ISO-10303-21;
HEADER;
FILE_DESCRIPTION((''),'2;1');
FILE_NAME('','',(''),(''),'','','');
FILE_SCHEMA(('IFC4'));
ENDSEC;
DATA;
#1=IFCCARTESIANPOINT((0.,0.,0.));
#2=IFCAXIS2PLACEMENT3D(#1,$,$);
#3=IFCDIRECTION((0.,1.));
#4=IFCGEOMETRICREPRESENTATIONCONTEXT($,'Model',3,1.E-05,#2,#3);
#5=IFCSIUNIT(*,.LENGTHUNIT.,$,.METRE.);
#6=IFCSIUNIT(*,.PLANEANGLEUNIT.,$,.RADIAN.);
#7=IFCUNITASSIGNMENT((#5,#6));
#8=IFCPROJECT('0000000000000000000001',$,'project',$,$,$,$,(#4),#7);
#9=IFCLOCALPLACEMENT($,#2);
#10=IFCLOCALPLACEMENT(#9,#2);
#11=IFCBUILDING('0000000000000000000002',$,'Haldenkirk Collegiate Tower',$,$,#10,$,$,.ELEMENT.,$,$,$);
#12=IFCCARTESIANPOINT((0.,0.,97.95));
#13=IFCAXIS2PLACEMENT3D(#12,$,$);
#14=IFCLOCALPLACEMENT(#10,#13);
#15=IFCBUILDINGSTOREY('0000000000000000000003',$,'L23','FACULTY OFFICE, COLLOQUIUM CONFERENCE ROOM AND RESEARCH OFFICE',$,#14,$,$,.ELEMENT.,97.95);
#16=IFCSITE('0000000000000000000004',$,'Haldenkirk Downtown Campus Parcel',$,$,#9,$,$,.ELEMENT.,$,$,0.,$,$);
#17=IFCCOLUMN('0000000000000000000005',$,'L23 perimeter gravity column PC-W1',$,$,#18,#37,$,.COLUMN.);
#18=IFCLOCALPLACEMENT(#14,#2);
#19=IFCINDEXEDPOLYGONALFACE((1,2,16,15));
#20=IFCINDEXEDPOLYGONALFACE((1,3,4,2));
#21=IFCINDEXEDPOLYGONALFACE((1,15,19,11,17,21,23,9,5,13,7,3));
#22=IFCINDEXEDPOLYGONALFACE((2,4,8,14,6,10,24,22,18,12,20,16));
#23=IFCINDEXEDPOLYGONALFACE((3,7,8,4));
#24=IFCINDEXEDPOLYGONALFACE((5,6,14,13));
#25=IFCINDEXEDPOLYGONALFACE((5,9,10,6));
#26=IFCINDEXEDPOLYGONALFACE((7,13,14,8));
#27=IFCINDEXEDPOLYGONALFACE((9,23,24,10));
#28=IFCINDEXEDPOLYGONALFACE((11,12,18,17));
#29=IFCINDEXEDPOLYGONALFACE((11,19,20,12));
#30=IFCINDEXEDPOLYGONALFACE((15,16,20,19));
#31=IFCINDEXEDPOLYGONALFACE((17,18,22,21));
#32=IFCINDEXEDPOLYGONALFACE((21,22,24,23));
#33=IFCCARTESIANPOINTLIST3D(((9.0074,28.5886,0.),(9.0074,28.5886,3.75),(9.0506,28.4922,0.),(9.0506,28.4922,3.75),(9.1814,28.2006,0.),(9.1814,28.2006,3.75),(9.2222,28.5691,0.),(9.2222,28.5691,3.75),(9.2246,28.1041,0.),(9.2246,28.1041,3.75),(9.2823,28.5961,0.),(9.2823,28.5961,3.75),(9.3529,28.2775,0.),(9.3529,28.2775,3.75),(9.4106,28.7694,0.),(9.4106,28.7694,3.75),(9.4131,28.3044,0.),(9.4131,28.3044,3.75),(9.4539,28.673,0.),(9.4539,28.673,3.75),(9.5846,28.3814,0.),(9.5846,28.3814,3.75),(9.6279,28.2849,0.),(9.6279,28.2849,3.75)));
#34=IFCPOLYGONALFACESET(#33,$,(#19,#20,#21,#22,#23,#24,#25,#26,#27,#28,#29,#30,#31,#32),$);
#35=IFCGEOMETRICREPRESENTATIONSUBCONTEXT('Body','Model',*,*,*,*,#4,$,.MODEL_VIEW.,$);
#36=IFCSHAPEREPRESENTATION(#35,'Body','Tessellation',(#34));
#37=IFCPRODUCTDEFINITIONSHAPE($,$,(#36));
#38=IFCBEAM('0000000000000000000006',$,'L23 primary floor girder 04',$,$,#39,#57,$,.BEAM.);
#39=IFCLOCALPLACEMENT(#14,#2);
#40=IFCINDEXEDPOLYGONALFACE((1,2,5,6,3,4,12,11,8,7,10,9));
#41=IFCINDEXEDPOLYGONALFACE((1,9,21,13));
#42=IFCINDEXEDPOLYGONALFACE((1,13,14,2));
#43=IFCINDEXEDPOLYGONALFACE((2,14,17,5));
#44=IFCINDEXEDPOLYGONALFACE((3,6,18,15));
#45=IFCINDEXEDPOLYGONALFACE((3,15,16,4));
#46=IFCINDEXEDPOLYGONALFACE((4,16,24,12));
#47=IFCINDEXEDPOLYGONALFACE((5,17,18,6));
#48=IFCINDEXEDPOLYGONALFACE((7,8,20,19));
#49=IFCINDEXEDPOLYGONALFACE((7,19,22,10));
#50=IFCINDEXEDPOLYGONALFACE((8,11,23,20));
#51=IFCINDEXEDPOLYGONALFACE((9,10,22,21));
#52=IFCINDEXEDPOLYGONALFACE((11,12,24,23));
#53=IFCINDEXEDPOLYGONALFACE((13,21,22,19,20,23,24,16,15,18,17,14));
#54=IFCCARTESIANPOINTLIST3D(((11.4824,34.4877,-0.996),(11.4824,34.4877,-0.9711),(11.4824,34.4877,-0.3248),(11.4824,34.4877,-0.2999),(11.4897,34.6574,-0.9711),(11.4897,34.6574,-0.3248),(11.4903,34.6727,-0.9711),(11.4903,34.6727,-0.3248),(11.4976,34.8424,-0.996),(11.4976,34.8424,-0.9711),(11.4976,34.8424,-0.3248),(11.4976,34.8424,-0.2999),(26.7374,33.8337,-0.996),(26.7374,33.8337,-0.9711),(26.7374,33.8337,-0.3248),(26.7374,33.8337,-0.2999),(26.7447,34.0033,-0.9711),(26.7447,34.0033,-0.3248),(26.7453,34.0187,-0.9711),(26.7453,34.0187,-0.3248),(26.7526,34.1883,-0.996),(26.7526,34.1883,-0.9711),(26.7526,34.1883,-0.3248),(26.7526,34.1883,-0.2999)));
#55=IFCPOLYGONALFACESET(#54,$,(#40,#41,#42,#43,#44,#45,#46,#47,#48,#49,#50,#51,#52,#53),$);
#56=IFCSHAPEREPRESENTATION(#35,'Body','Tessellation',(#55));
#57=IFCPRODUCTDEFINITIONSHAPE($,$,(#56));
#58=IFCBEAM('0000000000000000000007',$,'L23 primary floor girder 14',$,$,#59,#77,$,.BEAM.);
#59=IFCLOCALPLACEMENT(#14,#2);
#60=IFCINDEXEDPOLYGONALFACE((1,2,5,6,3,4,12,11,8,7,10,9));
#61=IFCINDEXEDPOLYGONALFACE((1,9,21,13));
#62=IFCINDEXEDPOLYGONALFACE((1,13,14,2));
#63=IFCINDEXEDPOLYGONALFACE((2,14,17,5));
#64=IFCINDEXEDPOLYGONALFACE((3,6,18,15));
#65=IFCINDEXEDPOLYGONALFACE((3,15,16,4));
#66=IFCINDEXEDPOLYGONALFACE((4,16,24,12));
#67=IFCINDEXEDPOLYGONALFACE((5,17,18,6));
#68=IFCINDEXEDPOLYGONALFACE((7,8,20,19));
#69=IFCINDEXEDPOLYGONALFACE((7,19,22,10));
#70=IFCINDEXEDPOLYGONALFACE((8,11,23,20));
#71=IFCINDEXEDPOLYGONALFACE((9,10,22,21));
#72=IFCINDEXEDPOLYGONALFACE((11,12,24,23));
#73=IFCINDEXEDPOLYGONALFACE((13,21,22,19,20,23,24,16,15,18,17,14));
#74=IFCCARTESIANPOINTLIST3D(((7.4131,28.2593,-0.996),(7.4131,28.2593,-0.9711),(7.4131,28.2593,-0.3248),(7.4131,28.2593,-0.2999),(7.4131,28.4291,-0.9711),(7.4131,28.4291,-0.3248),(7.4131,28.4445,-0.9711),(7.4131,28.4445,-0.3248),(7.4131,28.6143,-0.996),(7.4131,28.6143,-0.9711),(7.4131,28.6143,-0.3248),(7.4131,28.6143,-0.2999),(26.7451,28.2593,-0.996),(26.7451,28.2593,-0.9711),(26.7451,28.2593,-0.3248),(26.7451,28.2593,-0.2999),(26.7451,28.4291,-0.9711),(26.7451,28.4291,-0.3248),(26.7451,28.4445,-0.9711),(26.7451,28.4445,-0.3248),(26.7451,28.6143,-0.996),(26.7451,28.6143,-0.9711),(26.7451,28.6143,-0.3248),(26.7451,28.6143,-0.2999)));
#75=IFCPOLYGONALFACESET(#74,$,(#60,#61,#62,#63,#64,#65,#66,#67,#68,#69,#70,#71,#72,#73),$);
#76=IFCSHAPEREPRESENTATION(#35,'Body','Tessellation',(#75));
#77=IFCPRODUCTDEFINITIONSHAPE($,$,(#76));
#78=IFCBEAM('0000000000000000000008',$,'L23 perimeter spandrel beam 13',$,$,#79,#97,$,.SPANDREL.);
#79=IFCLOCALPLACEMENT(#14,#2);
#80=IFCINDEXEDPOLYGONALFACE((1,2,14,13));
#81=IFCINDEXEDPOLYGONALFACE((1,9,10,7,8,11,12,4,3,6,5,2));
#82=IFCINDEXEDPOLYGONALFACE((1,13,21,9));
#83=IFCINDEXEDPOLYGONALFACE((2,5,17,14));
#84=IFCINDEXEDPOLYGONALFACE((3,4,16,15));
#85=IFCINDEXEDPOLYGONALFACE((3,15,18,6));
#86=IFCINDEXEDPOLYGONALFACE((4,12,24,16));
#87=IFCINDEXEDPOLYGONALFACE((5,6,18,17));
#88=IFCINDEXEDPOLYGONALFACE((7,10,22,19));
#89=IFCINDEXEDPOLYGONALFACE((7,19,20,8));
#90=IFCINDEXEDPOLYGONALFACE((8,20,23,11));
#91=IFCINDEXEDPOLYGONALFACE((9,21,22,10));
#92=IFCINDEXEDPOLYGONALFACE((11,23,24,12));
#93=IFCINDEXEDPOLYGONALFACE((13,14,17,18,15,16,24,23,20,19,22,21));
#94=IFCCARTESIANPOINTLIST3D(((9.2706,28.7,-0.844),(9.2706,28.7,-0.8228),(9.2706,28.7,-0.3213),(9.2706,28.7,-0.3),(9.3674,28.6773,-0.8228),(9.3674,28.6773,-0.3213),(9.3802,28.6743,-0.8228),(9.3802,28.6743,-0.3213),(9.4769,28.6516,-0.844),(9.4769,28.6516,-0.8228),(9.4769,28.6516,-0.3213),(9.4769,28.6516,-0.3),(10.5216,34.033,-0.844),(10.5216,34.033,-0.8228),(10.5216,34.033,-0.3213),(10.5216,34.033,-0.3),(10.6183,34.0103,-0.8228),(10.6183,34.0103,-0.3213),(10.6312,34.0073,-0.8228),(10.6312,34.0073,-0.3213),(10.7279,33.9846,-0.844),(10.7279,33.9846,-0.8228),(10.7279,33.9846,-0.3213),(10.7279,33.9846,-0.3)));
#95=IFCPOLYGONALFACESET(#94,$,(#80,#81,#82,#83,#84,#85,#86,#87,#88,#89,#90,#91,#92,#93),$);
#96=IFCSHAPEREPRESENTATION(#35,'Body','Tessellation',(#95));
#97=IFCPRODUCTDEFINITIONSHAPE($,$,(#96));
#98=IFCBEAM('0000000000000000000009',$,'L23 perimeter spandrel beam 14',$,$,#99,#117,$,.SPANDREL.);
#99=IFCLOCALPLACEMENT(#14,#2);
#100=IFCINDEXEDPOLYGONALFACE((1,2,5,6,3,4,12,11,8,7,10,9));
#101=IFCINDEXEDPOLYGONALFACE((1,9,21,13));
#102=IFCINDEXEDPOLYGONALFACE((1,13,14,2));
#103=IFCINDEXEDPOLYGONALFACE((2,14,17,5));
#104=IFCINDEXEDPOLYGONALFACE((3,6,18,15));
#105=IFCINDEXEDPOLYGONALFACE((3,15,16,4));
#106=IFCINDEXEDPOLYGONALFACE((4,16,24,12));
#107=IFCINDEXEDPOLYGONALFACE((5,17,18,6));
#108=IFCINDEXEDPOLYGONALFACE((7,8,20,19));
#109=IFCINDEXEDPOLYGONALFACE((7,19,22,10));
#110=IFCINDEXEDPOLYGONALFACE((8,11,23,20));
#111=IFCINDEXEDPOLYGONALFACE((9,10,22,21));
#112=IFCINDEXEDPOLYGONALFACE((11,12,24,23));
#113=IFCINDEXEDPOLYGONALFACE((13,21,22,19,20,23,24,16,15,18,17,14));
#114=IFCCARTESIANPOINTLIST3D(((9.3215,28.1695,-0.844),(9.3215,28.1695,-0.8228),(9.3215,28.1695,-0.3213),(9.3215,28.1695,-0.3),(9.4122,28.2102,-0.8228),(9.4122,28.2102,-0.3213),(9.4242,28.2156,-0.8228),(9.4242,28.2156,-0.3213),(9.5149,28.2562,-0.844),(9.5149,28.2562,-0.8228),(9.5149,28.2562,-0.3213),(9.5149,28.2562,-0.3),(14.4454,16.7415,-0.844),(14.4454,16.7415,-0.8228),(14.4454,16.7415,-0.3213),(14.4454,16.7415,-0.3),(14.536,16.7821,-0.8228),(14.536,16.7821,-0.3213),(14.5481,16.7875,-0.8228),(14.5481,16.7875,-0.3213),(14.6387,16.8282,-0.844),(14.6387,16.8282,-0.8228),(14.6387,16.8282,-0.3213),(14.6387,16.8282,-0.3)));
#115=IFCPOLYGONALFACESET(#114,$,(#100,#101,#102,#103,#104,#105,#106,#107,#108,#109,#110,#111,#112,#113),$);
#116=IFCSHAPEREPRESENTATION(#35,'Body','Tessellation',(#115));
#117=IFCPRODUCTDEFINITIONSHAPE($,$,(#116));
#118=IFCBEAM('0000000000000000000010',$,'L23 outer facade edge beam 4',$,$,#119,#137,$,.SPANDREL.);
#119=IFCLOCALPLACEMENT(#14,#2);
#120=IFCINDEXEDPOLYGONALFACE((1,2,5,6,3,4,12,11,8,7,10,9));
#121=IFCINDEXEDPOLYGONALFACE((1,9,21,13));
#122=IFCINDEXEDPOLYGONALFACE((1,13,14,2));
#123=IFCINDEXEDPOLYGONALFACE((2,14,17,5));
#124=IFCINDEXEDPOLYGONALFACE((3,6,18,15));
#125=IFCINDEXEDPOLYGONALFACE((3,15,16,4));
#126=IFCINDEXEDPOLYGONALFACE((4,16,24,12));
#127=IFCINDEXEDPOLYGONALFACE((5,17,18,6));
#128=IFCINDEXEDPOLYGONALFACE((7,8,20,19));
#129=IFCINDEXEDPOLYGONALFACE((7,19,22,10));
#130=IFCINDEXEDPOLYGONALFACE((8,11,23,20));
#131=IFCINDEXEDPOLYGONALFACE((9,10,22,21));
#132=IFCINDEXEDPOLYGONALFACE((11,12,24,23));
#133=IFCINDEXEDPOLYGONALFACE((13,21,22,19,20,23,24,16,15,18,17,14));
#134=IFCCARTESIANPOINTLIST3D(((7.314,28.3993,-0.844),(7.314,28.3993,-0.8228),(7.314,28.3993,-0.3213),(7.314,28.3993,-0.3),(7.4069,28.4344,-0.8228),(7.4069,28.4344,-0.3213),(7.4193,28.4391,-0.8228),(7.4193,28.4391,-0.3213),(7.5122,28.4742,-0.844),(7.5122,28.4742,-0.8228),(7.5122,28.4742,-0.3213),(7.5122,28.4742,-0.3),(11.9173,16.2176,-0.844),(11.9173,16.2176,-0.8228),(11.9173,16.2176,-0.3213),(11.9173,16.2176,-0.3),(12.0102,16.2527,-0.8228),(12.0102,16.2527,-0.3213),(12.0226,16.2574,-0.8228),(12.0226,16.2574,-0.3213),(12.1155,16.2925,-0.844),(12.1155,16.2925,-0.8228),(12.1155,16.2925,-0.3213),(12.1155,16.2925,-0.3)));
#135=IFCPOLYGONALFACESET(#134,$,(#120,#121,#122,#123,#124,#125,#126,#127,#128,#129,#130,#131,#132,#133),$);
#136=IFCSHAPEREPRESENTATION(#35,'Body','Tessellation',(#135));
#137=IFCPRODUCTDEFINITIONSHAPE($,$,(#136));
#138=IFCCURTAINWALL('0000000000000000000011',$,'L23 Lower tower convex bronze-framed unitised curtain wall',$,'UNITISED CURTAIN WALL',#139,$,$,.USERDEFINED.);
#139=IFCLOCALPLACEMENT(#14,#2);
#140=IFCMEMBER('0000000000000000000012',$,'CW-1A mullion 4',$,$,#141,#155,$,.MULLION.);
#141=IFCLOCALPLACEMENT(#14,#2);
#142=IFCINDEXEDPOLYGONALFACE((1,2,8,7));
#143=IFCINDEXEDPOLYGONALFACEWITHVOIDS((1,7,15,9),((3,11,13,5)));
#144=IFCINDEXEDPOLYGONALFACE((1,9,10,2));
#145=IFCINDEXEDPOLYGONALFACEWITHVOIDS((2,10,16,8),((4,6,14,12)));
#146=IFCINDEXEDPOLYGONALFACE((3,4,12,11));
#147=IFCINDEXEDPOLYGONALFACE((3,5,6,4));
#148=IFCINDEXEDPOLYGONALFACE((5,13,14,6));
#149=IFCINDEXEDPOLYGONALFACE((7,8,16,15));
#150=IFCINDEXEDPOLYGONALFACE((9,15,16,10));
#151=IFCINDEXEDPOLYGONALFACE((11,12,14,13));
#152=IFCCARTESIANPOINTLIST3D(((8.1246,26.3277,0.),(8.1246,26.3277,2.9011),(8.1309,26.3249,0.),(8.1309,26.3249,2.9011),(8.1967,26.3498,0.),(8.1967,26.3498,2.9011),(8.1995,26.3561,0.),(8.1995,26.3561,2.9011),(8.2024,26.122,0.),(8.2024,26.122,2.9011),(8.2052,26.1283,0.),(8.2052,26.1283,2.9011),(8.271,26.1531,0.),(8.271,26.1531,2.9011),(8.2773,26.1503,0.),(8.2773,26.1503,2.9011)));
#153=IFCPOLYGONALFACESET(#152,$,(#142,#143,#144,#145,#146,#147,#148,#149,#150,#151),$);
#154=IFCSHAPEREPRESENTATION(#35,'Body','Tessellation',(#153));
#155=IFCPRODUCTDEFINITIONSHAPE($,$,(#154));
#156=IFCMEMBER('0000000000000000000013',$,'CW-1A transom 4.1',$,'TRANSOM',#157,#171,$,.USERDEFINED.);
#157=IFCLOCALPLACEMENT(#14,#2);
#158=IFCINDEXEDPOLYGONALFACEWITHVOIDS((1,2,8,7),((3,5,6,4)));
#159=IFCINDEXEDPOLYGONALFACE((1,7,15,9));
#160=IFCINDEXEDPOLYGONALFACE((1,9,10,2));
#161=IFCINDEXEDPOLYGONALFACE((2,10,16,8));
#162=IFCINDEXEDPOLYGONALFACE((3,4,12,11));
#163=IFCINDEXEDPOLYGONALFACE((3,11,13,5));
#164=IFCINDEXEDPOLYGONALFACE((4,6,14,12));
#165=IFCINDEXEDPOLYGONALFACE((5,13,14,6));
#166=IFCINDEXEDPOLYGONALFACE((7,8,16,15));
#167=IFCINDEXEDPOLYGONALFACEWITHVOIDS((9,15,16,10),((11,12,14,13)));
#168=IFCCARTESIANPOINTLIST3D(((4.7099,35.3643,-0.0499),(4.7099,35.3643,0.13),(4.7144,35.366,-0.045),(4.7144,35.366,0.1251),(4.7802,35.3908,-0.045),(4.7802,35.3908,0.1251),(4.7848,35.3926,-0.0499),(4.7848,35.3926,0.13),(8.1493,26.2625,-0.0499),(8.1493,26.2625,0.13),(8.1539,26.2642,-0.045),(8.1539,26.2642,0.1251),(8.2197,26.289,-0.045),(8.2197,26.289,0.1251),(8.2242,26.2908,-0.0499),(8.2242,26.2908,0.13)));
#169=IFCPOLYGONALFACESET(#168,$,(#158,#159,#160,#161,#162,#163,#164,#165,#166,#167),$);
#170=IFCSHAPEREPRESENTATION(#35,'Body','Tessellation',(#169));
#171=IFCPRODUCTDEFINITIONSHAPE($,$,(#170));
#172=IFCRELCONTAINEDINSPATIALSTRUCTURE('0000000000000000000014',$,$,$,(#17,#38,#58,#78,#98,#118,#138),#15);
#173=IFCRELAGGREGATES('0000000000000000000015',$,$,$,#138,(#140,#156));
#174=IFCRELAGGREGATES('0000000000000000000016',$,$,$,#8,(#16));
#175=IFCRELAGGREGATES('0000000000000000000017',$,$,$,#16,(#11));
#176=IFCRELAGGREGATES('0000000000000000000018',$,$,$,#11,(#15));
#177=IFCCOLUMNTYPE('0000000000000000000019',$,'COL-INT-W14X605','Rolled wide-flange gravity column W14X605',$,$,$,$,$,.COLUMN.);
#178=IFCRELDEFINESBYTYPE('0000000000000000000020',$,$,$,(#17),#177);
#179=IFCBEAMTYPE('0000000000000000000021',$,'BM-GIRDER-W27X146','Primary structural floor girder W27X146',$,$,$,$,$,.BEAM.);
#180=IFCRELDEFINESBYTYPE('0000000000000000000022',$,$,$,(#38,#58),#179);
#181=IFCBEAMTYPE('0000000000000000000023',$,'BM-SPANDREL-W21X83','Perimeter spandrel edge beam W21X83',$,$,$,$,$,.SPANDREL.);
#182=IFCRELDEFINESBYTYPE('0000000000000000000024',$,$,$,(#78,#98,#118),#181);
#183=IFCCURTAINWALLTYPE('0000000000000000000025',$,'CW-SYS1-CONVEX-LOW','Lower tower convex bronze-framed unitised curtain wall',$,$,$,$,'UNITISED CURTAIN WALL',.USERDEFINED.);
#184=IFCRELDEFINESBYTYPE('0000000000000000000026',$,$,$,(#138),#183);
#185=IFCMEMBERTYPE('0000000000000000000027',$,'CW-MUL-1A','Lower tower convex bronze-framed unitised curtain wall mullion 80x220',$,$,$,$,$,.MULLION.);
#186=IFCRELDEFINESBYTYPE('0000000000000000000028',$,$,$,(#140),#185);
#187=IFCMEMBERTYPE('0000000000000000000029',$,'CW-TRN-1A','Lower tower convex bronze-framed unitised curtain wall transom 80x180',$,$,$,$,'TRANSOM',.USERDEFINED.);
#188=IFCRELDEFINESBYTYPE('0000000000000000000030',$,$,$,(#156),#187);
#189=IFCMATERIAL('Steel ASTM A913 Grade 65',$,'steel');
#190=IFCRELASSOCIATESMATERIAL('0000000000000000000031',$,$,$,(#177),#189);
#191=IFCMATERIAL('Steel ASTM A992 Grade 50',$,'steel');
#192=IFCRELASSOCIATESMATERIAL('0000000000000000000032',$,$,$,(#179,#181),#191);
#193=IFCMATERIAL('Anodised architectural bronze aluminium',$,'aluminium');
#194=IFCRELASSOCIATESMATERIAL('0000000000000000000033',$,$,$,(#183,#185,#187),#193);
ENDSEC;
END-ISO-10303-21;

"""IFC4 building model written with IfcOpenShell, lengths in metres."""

from ifc_helpers import new_model, si_unit, direction, frame, origin, origin_2d, place, context, subcontext, project, spatial, hollow_rectangle, i_section, extrude, material, material_profile, profile_set, type_object, element, aggregate, save


model = new_model("IFC4")

# Units and contexts
model_context = context("Model", 3, precision=1e-05, world=origin(), true_north=direction((0.0, 1.0)))
body_context = subcontext(model_context, "Body", "Model", "MODEL_VIEW")
ifc_project = project(units=[si_unit("LENGTHUNIT", "METRE"), si_unit("PLANEANGLEUNIT", "RADIAN")], contexts=[model_context])

# Site, building, storey
site_placement = place(None, origin())
site = spatial("IfcSite", under=ifc_project, at=site_placement, Name="Haldenkirk Downtown Campus Parcel", CompositionType="ELEMENT", RefElevation=0.0)
building_placement = place(site_placement, origin())
building = spatial("IfcBuilding", under=site, at=building_placement, Name="Haldenkirk Collegiate Tower", CompositionType="ELEMENT")
storey_placement = place(building_placement, frame((0.0, 0.0, 97.95)))
storey = spatial("IfcBuildingStorey", under=building, at=storey_placement, Name="L23", Description="FACULTY OFFICE, COLLOQUIUM CONFERENCE ROOM AND RESEARCH OFFICE", CompositionType="ELEMENT", Elevation=97.95)

# Column
ifc_material_1 = material(Name="Steel ASTM A913 Grade 65", Category="steel")
ifc_material_profile_1 = material_profile(ifc_material_1, i_section(OverallWidth=0.4419, OverallDepth=0.531, WebThickness=0.0659, FlangeThickness=0.1057, at=origin_2d()), Name="W14X605")
ifc_profile_set_1 = profile_set([ifc_material_profile_1], Name="Steel ASTM A913 Grade 65")
column_type = type_object("IfcColumnType", Name="COL-INT-W14X605", Description="Rolled wide-flange gravity column W14X605", PredefinedType="COLUMN", material=ifc_profile_set_1)
column_placement = place(storey_placement, frame((9.3176, 28.4368, 0.0), z_axis=(0.0, 0.0, 1.0), x_axis=(0.912477, 0.409127, 0.0)))
element("IfcColumn", 1, at=column_placement, inside=storey, type_object=column_type, Name="L23 perimeter gravity column PC-W1", PredefinedType="COLUMN", context=body_context, shape_type="SweptSolid", body=[
    extrude(i_section(OverallWidth=0.4419, OverallDepth=0.531, WebThickness=0.0659, FlangeThickness=0.1057, at=origin_2d()), origin(), (0.0, 0.0, 1.0), 3.75),
])

# Beams
ifc_material_2 = material(Name="Steel ASTM A992 Grade 50", Category="steel")
ifc_material_profile_2 = material_profile(ifc_material_2, i_section(OverallWidth=0.355, OverallDepth=0.696, WebThickness=0.0154, FlangeThickness=0.0249, at=origin_2d()), Name="W27X146")
ifc_profile_set_2 = profile_set([ifc_material_profile_2], Name="Steel ASTM A992 Grade 50")
beam_type_1 = type_object("IfcBeamType", Name="BM-GIRDER-W27X146", Description="Primary structural floor girder W27X146", PredefinedType="BEAM", material=ifc_profile_set_2)
beam_1_placement = place(storey_placement, frame((11.49, 34.665, -0.6479), z_axis=(0.999082, -0.042835, 0.0), x_axis=(0.042835, 0.999082, 0.0)))
element("IfcBeam", 2, at=beam_1_placement, inside=storey, type_object=beam_type_1, Name="L23 primary floor girder 04", PredefinedType="BEAM", context=body_context, shape_type="SweptSolid", body=[
    extrude(i_section(OverallWidth=0.355, OverallDepth=0.696, WebThickness=0.0154, FlangeThickness=0.0249, at=origin_2d()), origin(), (0.0, 0.0, 1.0), 15.269),
])
beam_2_placement = place(storey_placement, frame((7.4131, 28.4368, -0.6479), z_axis=(1.0, 0.0, 0.0), x_axis=(0.0, 1.0, 0.0)))
element("IfcBeam", 3, at=beam_2_placement, inside=storey, type_object=beam_type_1, Name="L23 primary floor girder 14", PredefinedType="BEAM", context=body_context, shape_type="SweptSolid", body=[
    extrude(i_section(OverallWidth=0.355, OverallDepth=0.696, WebThickness=0.0154, FlangeThickness=0.0249, at=origin_2d()), origin(), (0.0, 0.0, 1.0), 19.332),
])
ifc_material_profile_3 = material_profile(ifc_material_2, i_section(OverallWidth=0.2119, OverallDepth=0.5439, WebThickness=0.0132, FlangeThickness=0.0212, at=origin_2d()), Name="W21X83")
ifc_profile_set_3 = profile_set([ifc_material_profile_3], Name="Steel ASTM A992 Grade 50")
beam_type_2 = type_object("IfcBeamType", Name="BM-SPANDREL-W21X83", Description="Perimeter spandrel edge beam W21X83", PredefinedType="SPANDREL", material=ifc_profile_set_3)
beam_3_placement = place(storey_placement, frame((10.6248, 34.0088, -0.572), z_axis=(-0.228374, -0.973574, 0.0), x_axis=(0.973574, -0.228374, 0.0)))
element("IfcBeam", 4, at=beam_3_placement, inside=storey, type_object=beam_type_2, Name="L23 perimeter spandrel beam 13", PredefinedType="SPANDREL", context=body_context, shape_type="SweptSolid", body=[
    extrude(i_section(OverallWidth=0.2119, OverallDepth=0.5439, WebThickness=0.0132, FlangeThickness=0.0212, at=origin_2d()), origin(), (0.0, 0.0, 1.0), 5.4778),
])
beam_4_placement = place(storey_placement, frame((9.4182, 28.2129, -0.572), z_axis=(0.409115, -0.912483, 0.0), x_axis=(0.912483, 0.409115, 0.0)))
element("IfcBeam", 5, at=beam_4_placement, inside=storey, type_object=beam_type_2, Name="L23 perimeter spandrel beam 14", PredefinedType="SPANDREL", context=body_context, shape_type="SweptSolid", body=[
    extrude(i_section(OverallWidth=0.2119, OverallDepth=0.5439, WebThickness=0.0132, FlangeThickness=0.0212, at=origin_2d()), origin(), (0.0, 0.0, 1.0), 12.5242),
])
beam_5_placement = place(storey_placement, frame((7.4131, 28.4368, -0.572), z_axis=(0.353489, -0.935439, 0.0), x_axis=(0.935439, 0.353489, 0.0)))
element("IfcBeam", 6, at=beam_5_placement, inside=storey, type_object=beam_type_2, Name="L23 outer facade edge beam 4", PredefinedType="SPANDREL", context=body_context, shape_type="SweptSolid", body=[
    extrude(i_section(OverallWidth=0.2119, OverallDepth=0.5439, WebThickness=0.0132, FlangeThickness=0.0212, at=origin_2d()), origin(), (0.0, 0.0, 1.0), 13.0225),
])

# Curtain wall, members
ifc_material_3 = material(Name="Anodised architectural bronze aluminium", Category="aluminium")
curtain_wall_type = type_object("IfcCurtainWallType", Name="CW-SYS1-CONVEX-LOW", Description="Lower tower convex bronze-framed unitised curtain wall", ElementType="UNITISED CURTAIN WALL", PredefinedType="USERDEFINED", material=ifc_material_3)
curtain_wall_placement = place(storey_placement, origin())
curtain_wall = element("IfcCurtainWall", 7, at=curtain_wall_placement, inside=storey, type_object=curtain_wall_type, Name="L23 Lower tower convex bronze-framed unitised curtain wall", ObjectType="UNITISED CURTAIN WALL", PredefinedType="USERDEFINED")
ifc_material_profile_4 = material_profile(ifc_material_3, hollow_rectangle(XDim=0.0801, YDim=0.22, WallThickness=0.0049, at=origin_2d()), Name="CW-MUL-1A")
ifc_profile_set_4 = profile_set([ifc_material_profile_4], Name="Anodised architectural bronze aluminium")
member_type_1 = type_object("IfcMemberType", Name="CW-MUL-1A", Description="Lower tower convex bronze-framed unitised curtain wall mullion 80x220", PredefinedType="MULLION", material=ifc_profile_set_4)
member_1_placement = place(storey_placement, frame((8.2009, 26.239, 0.0), z_axis=(0.0, 0.0, 1.0), x_axis=(-0.935443, -0.353477, 0.0)))
member_1 = element("IfcMember", 8, at=member_1_placement, type_object=member_type_1, Name="CW-1A mullion 4", PredefinedType="MULLION", context=body_context, shape_type="SweptSolid", body=[
    extrude(hollow_rectangle(XDim=0.0801, YDim=0.22, WallThickness=0.0049, at=origin_2d()), origin(), (0.0, 0.0, 1.0), 2.9011),
])
ifc_material_profile_5 = material_profile(ifc_material_3, hollow_rectangle(XDim=0.0801, YDim=0.1799, WallThickness=0.0049, at=origin_2d()), Name="CW-TRN-1A")
ifc_profile_set_5 = profile_set([ifc_material_profile_5], Name="Anodised architectural bronze aluminium")
member_type_2 = type_object("IfcMemberType", Name="CW-TRN-1A", Description="Lower tower convex bronze-framed unitised curtain wall transom 80x180", ElementType="TRANSOM", PredefinedType="USERDEFINED", material=ifc_profile_set_5)
member_2_placement = place(storey_placement, frame((8.1868, 26.2766, 0.04), z_axis=(-0.35349, 0.935438, 0.0), x_axis=(-0.935438, -0.35349, 0.0)))
member_2 = element("IfcMember", 9, at=member_2_placement, type_object=member_type_2, Name="CW-1A transom 4.1", ObjectType="TRANSOM", PredefinedType="USERDEFINED", context=body_context, shape_type="SweptSolid", body=[
    extrude(hollow_rectangle(XDim=0.0801, YDim=0.1799, WallThickness=0.0049, at=origin_2d()), origin(), (0.0, 0.0, 1.0), 9.73),
])

aggregate(curtain_wall, [member_1, member_2])

save(model, "model.ifc")
